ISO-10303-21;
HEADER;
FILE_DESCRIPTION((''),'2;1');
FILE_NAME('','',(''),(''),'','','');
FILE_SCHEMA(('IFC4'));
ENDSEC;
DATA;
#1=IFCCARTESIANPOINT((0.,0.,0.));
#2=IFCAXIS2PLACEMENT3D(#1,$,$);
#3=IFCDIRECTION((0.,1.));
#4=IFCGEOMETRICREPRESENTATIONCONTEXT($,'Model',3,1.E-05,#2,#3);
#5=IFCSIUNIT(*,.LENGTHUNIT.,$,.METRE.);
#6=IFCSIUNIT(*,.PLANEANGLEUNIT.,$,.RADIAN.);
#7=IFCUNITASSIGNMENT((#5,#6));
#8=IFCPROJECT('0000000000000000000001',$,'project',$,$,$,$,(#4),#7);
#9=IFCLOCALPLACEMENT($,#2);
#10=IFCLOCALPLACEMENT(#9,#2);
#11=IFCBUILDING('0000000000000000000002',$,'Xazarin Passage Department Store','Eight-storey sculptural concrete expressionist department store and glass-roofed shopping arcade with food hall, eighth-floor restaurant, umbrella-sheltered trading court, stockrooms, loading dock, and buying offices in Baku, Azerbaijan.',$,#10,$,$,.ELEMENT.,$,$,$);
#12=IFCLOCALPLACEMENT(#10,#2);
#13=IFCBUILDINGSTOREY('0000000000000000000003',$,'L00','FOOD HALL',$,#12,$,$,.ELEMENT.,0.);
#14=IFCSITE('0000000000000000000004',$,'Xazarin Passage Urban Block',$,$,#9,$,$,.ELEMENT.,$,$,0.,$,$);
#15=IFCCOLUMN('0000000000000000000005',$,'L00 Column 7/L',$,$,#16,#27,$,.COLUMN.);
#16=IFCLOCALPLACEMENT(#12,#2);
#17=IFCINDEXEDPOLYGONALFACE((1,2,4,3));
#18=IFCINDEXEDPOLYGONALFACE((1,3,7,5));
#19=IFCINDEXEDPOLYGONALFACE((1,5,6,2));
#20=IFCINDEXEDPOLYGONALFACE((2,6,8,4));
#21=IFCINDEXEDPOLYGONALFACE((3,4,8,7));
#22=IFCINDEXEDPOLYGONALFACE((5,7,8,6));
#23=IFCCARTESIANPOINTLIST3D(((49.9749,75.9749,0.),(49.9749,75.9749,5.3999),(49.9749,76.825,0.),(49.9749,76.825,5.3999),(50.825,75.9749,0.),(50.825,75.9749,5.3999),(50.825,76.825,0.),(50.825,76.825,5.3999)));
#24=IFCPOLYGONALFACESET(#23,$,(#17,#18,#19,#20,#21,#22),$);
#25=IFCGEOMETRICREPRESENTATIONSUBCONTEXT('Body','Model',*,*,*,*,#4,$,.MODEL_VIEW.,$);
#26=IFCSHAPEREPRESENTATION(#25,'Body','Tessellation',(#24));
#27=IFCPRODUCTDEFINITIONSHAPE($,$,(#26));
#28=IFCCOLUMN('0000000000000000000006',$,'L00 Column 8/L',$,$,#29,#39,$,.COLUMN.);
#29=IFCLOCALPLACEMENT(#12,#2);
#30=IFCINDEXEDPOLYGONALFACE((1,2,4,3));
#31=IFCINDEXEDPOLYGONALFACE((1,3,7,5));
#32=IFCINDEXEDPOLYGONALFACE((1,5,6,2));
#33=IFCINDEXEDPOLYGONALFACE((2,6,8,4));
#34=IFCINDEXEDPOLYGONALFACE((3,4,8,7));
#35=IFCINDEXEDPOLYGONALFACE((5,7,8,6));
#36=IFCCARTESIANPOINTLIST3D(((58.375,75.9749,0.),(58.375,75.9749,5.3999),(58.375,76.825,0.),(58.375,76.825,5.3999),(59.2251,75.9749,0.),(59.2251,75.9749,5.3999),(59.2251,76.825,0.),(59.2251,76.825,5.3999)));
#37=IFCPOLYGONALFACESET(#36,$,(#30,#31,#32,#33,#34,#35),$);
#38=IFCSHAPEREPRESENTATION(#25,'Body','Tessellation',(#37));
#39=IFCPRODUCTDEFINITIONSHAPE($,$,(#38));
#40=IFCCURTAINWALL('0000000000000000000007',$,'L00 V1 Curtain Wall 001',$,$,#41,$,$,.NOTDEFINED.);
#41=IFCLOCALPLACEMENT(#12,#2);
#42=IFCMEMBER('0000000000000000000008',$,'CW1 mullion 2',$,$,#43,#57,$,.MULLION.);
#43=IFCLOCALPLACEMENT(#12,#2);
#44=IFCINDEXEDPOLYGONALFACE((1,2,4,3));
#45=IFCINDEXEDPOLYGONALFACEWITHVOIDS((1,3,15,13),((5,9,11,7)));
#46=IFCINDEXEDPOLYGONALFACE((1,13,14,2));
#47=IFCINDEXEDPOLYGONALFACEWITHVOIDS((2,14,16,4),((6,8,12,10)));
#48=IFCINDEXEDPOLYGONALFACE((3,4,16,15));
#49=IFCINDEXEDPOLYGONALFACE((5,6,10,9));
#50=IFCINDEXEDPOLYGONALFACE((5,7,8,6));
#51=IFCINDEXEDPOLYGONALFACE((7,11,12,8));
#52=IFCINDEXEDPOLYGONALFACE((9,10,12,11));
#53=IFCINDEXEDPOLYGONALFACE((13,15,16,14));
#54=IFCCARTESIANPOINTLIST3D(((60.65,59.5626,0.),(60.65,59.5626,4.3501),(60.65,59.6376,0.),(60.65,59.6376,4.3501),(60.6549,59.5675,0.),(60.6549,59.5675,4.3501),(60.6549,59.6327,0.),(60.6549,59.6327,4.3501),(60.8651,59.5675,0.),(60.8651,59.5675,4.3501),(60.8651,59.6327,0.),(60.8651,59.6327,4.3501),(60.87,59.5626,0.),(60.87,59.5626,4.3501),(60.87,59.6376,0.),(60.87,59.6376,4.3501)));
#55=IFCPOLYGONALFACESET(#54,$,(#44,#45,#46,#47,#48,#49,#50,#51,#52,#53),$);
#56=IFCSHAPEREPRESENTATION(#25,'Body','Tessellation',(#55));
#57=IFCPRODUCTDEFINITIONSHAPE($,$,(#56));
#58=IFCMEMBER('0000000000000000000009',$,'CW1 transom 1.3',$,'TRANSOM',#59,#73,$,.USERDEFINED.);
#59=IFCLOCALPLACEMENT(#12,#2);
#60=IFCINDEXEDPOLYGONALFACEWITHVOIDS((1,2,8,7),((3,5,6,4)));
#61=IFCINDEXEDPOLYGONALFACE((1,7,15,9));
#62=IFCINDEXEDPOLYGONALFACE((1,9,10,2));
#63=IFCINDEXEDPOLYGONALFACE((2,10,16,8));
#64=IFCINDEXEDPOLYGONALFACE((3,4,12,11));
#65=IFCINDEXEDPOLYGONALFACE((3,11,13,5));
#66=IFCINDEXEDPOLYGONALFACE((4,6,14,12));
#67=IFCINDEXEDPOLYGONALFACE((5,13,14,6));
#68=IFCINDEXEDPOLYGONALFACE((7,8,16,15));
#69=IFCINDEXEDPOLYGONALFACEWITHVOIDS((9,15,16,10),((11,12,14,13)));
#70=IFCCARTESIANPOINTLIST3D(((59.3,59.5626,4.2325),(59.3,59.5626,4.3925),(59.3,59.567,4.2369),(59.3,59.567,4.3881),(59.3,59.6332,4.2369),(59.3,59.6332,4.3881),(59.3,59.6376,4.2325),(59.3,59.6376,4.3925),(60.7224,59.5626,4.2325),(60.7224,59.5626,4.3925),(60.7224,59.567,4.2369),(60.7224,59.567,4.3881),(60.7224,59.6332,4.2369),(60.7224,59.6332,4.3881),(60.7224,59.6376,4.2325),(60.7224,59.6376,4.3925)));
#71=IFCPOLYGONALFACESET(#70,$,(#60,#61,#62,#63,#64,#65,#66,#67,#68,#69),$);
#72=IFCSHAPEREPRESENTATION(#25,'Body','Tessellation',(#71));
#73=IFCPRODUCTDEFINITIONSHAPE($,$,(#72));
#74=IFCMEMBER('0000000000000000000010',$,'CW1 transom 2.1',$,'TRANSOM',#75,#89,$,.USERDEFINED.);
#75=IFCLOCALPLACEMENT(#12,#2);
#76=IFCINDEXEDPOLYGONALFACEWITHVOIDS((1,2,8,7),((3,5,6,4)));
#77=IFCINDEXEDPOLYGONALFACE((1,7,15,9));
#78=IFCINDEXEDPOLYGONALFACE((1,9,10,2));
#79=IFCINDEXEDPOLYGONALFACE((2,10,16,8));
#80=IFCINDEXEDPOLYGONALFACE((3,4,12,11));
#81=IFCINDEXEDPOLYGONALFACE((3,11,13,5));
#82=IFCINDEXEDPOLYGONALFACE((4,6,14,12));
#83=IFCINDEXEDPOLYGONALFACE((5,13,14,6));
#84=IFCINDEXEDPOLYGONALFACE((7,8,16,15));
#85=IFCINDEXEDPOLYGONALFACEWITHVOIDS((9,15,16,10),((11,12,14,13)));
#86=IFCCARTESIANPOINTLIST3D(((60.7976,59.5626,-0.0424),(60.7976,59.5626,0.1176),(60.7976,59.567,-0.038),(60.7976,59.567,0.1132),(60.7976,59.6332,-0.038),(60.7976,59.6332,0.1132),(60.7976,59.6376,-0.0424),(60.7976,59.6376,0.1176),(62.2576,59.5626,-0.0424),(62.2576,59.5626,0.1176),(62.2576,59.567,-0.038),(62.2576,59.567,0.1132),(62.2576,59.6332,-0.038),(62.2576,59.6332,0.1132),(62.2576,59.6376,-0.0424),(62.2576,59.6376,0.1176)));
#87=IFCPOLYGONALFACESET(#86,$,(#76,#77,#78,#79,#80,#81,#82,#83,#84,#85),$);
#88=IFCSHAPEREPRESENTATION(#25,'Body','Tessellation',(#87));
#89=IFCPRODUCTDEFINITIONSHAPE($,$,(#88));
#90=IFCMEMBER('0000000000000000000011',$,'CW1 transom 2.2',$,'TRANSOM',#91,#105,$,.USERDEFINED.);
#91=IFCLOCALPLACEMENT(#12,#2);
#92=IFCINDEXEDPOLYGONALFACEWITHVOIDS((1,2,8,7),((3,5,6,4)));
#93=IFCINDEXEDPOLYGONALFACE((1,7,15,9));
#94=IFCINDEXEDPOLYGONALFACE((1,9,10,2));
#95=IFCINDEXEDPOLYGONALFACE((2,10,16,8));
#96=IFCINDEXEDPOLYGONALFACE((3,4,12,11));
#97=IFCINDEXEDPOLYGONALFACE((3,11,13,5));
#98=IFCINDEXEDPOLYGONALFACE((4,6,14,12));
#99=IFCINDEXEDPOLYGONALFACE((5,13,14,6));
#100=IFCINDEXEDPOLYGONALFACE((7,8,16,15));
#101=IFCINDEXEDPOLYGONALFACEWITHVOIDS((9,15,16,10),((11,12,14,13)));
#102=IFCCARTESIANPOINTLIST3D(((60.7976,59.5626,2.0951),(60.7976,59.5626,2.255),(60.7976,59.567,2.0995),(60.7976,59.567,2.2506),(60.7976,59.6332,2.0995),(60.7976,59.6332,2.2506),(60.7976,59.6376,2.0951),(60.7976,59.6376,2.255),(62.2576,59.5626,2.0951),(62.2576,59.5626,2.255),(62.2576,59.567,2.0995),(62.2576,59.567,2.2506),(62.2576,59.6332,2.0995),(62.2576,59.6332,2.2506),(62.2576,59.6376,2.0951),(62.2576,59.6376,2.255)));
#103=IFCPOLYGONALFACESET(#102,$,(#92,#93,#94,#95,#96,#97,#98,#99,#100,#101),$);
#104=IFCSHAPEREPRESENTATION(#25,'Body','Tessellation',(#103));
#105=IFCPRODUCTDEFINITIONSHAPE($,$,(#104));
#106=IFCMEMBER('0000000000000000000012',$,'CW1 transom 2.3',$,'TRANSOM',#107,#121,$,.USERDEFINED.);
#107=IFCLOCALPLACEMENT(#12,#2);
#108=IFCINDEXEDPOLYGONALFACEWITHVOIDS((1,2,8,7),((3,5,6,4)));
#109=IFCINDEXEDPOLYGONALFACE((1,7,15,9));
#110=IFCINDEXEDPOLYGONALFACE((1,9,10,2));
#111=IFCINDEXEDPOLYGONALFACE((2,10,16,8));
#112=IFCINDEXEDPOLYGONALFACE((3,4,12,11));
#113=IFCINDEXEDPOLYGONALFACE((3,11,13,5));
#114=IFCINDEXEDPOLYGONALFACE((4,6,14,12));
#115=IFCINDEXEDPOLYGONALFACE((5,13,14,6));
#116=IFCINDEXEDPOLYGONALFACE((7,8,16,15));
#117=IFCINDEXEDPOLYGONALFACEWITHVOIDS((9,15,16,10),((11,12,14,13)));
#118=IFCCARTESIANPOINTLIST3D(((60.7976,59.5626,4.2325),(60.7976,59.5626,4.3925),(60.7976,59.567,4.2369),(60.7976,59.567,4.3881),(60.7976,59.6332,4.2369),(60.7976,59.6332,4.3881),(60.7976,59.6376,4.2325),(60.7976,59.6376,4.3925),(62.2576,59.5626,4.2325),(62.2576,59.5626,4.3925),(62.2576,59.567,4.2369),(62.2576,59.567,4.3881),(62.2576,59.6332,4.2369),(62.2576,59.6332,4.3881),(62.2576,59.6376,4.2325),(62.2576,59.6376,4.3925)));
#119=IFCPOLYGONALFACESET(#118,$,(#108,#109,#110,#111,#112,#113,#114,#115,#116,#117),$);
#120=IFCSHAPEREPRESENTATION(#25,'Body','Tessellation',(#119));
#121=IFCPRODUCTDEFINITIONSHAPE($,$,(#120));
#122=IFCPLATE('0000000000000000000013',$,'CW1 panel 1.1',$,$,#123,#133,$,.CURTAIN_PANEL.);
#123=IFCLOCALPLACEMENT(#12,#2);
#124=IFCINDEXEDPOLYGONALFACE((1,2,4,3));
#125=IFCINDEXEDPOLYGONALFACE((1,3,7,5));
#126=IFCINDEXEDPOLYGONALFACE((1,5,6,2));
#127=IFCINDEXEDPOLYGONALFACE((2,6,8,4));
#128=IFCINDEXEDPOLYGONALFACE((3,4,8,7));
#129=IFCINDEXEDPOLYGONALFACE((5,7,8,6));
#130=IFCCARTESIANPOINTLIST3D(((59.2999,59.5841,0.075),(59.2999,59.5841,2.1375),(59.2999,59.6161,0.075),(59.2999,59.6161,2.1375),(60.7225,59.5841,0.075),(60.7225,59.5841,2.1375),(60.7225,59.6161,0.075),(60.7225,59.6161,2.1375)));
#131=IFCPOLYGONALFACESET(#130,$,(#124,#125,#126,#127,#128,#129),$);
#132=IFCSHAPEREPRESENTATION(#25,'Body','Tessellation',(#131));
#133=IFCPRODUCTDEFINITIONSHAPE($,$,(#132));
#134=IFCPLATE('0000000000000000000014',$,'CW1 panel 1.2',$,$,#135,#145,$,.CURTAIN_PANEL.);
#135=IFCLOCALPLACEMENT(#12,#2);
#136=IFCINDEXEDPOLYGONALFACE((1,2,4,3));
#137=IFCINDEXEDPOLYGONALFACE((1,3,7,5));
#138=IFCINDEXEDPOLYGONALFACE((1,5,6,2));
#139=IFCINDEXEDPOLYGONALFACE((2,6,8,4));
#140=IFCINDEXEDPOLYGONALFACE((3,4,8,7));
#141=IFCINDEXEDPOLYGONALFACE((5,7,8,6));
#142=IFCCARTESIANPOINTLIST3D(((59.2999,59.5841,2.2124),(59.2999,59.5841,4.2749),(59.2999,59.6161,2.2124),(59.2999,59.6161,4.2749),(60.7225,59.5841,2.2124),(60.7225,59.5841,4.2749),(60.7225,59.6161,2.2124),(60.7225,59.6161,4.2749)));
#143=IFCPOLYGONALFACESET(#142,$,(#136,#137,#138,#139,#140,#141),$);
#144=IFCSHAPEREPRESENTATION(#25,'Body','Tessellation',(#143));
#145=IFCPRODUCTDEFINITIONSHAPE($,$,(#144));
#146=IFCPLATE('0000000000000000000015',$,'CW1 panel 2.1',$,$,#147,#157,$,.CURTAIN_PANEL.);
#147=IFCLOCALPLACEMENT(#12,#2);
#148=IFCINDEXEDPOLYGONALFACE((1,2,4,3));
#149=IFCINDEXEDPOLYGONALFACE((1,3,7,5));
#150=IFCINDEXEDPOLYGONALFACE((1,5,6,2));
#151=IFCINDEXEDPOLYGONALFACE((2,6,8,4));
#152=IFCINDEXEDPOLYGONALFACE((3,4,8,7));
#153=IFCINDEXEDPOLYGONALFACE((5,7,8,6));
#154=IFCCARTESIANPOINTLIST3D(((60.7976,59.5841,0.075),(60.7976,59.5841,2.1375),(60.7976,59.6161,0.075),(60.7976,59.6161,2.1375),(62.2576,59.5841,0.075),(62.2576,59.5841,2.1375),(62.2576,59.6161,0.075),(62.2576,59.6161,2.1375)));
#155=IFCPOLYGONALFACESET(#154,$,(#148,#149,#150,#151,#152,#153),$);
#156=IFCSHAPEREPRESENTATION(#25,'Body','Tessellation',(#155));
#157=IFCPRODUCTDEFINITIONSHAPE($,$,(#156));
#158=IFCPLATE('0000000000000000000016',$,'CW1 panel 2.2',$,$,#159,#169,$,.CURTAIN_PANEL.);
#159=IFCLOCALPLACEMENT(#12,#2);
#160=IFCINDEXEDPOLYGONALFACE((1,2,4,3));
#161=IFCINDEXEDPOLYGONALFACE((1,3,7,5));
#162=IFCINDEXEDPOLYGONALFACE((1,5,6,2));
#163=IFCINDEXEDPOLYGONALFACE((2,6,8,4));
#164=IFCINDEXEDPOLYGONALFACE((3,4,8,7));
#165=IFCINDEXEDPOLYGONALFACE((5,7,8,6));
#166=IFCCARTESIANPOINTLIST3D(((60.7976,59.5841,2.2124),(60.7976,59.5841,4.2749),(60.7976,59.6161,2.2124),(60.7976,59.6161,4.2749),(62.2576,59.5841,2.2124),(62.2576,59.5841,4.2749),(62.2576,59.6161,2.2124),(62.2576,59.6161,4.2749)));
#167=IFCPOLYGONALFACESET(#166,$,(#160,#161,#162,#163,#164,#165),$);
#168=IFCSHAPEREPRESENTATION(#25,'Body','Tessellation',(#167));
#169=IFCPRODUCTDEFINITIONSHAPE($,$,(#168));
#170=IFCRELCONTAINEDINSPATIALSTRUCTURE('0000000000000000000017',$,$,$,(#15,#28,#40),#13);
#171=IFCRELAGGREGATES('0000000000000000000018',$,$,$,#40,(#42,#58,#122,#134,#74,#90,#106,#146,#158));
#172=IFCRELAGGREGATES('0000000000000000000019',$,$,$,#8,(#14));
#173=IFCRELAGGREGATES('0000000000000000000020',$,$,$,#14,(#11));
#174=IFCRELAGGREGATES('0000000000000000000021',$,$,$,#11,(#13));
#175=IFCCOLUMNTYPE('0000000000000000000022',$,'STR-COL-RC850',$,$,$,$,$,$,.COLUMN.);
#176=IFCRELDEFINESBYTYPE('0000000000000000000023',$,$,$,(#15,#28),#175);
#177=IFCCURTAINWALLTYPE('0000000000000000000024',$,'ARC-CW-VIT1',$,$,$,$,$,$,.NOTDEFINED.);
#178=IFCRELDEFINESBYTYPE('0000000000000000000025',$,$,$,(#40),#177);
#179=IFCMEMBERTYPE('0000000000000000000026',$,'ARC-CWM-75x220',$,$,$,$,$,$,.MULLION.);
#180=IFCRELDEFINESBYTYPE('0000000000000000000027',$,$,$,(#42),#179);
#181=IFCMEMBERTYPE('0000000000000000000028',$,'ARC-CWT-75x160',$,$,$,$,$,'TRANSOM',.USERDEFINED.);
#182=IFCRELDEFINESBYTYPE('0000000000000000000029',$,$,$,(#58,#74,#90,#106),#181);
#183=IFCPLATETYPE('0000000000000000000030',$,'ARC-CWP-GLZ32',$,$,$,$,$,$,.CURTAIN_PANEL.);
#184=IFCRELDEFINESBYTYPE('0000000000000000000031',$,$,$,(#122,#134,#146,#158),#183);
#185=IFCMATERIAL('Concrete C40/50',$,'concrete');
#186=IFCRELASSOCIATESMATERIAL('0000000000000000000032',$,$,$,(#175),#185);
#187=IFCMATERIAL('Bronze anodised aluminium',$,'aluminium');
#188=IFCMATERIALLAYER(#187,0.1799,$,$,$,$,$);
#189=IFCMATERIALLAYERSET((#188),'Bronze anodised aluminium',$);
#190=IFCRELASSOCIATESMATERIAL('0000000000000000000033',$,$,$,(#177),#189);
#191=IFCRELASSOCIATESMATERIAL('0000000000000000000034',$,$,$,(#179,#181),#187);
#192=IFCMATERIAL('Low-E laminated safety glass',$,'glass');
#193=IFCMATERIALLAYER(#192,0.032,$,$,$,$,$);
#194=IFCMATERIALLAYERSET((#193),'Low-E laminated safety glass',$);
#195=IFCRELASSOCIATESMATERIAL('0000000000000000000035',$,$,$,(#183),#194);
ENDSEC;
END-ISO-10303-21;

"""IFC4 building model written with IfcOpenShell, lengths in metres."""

from ifc_helpers import new_model, si_unit, direction, frame, origin, origin_2d, place, context, subcontext, project, spatial, rectangle, hollow_rectangle, extrude, material, layer, layer_set, material_profile, profile_set, type_object, element, aggregate, save


model = new_model("IFC4")

# Units and contexts
model_context = context("Model", 3, precision=1e-05, world=origin(), true_north=direction((0.0, 1.0)))
body_context = subcontext(model_context, "Body", "Model", "MODEL_VIEW")
ifc_project = project(units=[si_unit("LENGTHUNIT", "METRE"), si_unit("PLANEANGLEUNIT", "RADIAN")], contexts=[model_context])

# Site, building, storey
site_placement = place(None, origin())
site = spatial("IfcSite", under=ifc_project, at=site_placement, Name="Xazarin Passage Urban Block", CompositionType="ELEMENT", RefElevation=0.0)
building_placement = place(site_placement, origin())
building = spatial("IfcBuilding", under=site, at=building_placement, Name="Xazarin Passage Department Store", Description="Eight-storey sculptural concrete expressionist department store and glass-roofed shopping arcade with food hall, eighth-floor restaurant, umbrella-sheltered trading court, stockrooms, loading dock, and buying offices in Baku, Azerbaijan.", CompositionType="ELEMENT")
storey_placement = place(building_placement, origin())
storey = spatial("IfcBuildingStorey", under=building, at=storey_placement, Name="L00", Description="FOOD HALL", CompositionType="ELEMENT", Elevation=0.0)

# Columns
ifc_material_1 = material(Name="Concrete C40/50", Category="concrete")
ifc_material_profile_1 = material_profile(ifc_material_1, rectangle(XDim=0.8501, YDim=0.8501, at=origin_2d()), Name="RC 850x850")
ifc_profile_set_1 = profile_set([ifc_material_profile_1], Name="Concrete C40/50")
column_type = type_object("IfcColumnType", Name="STR-COL-RC850", PredefinedType="COLUMN", material=ifc_profile_set_1)
for number, where, z_axis, x_axis, name in (
    (1, (50.3999, 76.3999, 0.0), (0.0, 0.0, 1.0), (1.0, 0.0, 0.0), "L00 Column 7/L"),
    (2, (58.8, 76.3999, 0.0), (0.0, 0.0, 1.0), (1.0, 0.0, 0.0), "L00 Column 8/L"),
):
    element("IfcColumn", number, at=place(storey_placement, frame(where, z_axis=z_axis, x_axis=x_axis)), inside=storey, type_object=column_type, Name=name, PredefinedType="COLUMN", context=body_context, shape_type="SweptSolid", body=[
        extrude(rectangle(XDim=0.8501, YDim=0.8501, at=origin_2d()), origin(), (0.0, 0.0, 1.0), 5.3999),
    ])

# Curtain wall, members, plates
ifc_material_2 = material(Name="Bronze anodised aluminium", Category="aluminium")
ifc_layer_1 = layer(ifc_material_2, 0.1799)
ifc_layer_set_1 = layer_set([ifc_layer_1], Name="Bronze anodised aluminium")
curtain_wall_type = type_object("IfcCurtainWallType", Name="ARC-CW-VIT1", PredefinedType="NOTDEFINED", material=ifc_layer_set_1)
curtain_wall_placement = place(storey_placement, origin())
curtain_wall = element("IfcCurtainWall", 3, at=curtain_wall_placement, inside=storey, type_object=curtain_wall_type, Name="L00 V1 Curtain Wall 001", PredefinedType="NOTDEFINED")
ifc_material_profile_2 = material_profile(ifc_material_2, hollow_rectangle(XDim=0.075, YDim=0.22, WallThickness=0.0049, at=origin_2d()), Name="ALU 75x220")
ifc_profile_set_2 = profile_set([ifc_material_profile_2], Name="Bronze anodised aluminium")
member_type_1 = type_object("IfcMemberType", Name="ARC-CWM-75x220", PredefinedType="MULLION", material=ifc_profile_set_2)
member_1_placement = place(storey_placement, frame((60.76, 59.6001, 0.0), z_axis=(0.0, 0.0, 1.0), x_axis=(0.0, 1.0, 0.0)))
member_1 = element("IfcMember", 4, at=member_1_placement, type_object=member_type_1, Name="CW1 mullion 2", PredefinedType="MULLION", context=body_context, shape_type="SweptSolid", body=[
    extrude(hollow_rectangle(XDim=0.075, YDim=0.22, WallThickness=0.0049, at=origin_2d()), origin(), (0.0, 0.0, 1.0), 4.3501),
])
ifc_material_profile_3 = material_profile(ifc_material_2, hollow_rectangle(XDim=0.075, YDim=0.1599, WallThickness=0.0044, at=origin_2d()), Name="ALU 75x160")
ifc_profile_set_3 = profile_set([ifc_material_profile_3], Name="Bronze anodised aluminium")
member_type_2 = type_object("IfcMemberType", Name="ARC-CWT-75x160", ElementType="TRANSOM", PredefinedType="USERDEFINED", material=ifc_profile_set_3)
member_2_placement = place(storey_placement, frame((59.3, 59.6001, 4.3125), z_axis=(1.0, 0.0, 0.0), x_axis=(0.0, 1.0, 0.0)))
member_2 = element("IfcMember", 5, at=member_2_placement, type_object=member_type_2, Name="CW1 transom 1.3", ObjectType="TRANSOM", PredefinedType="USERDEFINED", context=body_context, shape_type="SweptSolid", body=[
    extrude(hollow_rectangle(XDim=0.075, YDim=0.1599, WallThickness=0.0044, at=origin_2d()), origin(), (0.0, 0.0, 1.0), 1.4224),
])
member_3_placement = place(storey_placement, frame((60.7976, 59.6001, 0.0376), z_axis=(1.0, 0.0, 0.0), x_axis=(0.0, 1.0, 0.0)))
member_3 = element("IfcMember", 6, at=member_3_placement, type_object=member_type_2, Name="CW1 transom 2.1", ObjectType="TRANSOM", PredefinedType="USERDEFINED", context=body_context, shape_type="SweptSolid", body=[
    extrude(hollow_rectangle(XDim=0.075, YDim=0.1599, WallThickness=0.0044, at=origin_2d()), origin(), (0.0, 0.0, 1.0), 1.46),
])
member_4_placement = place(storey_placement, frame((60.7976, 59.6001, 2.175), z_axis=(1.0, 0.0, 0.0), x_axis=(0.0, 1.0, 0.0)))
member_4 = element("IfcMember", 7, at=member_4_placement, type_object=member_type_2, Name="CW1 transom 2.2", ObjectType="TRANSOM", PredefinedType="USERDEFINED", context=body_context, shape_type="SweptSolid", body=[
    extrude(hollow_rectangle(XDim=0.075, YDim=0.1599, WallThickness=0.0044, at=origin_2d()), origin(), (0.0, 0.0, 1.0), 1.46),
])
member_5_placement = place(storey_placement, frame((60.7976, 59.6001, 4.3125), z_axis=(1.0, 0.0, 0.0), x_axis=(0.0, 1.0, 0.0)))
member_5 = element("IfcMember", 8, at=member_5_placement, type_object=member_type_2, Name="CW1 transom 2.3", ObjectType="TRANSOM", PredefinedType="USERDEFINED", context=body_context, shape_type="SweptSolid", body=[
    extrude(hollow_rectangle(XDim=0.075, YDim=0.1599, WallThickness=0.0044, at=origin_2d()), origin(), (0.0, 0.0, 1.0), 1.46),
])
ifc_material_3 = material(Name="Low-E laminated safety glass", Category="glass")
ifc_layer_2 = layer(ifc_material_3, 0.032)
ifc_layer_set_2 = layer_set([ifc_layer_2], Name="Low-E laminated safety glass")
plate_type = type_object("IfcPlateType", Name="ARC-CWP-GLZ32", PredefinedType="CURTAIN_PANEL", material=ifc_layer_set_2)
plate_1_placement = place(storey_placement, frame((60.0112, 59.6001, 0.075), z_axis=(0.0, 0.0, 1.0), x_axis=(1.0, 0.0, 0.0)))
plate_1 = element("IfcPlate", 9, at=plate_1_placement, type_object=plate_type, Name="CW1 panel 1.1", PredefinedType="CURTAIN_PANEL", context=body_context, shape_type="SweptSolid", body=[
    extrude(rectangle(XDim=1.4226, YDim=0.032, at=origin_2d()), origin(), (0.0, 0.0, 1.0), 2.0625),
])
plate_2_placement = place(storey_placement, frame((60.0112, 59.6001, 2.2124), z_axis=(0.0, 0.0, 1.0), x_axis=(1.0, 0.0, 0.0)))
plate_2 = element("IfcPlate", 10, at=plate_2_placement, type_object=plate_type, Name="CW1 panel 1.2", PredefinedType="CURTAIN_PANEL", context=body_context, shape_type="SweptSolid", body=[
    extrude(rectangle(XDim=1.4226, YDim=0.032, at=origin_2d()), origin(), (0.0, 0.0, 1.0), 2.0625),
])
plate_3_placement = place(storey_placement, frame((61.5276, 59.6001, 0.075), z_axis=(0.0, 0.0, 1.0), x_axis=(1.0, 0.0, 0.0)))
plate_3 = element("IfcPlate", 11, at=plate_3_placement, type_object=plate_type, Name="CW1 panel 2.1", PredefinedType="CURTAIN_PANEL", context=body_context, shape_type="SweptSolid", body=[
    extrude(rectangle(XDim=1.46, YDim=0.032, at=origin_2d()), origin(), (0.0, 0.0, 1.0), 2.0625),
])
plate_4_placement = place(storey_placement, frame((61.5276, 59.6001, 2.2124), z_axis=(0.0, 0.0, 1.0), x_axis=(1.0, 0.0, 0.0)))
plate_4 = element("IfcPlate", 12, at=plate_4_placement, type_object=plate_type, Name="CW1 panel 2.2", PredefinedType="CURTAIN_PANEL", context=body_context, shape_type="SweptSolid", body=[
    extrude(rectangle(XDim=1.46, YDim=0.032, at=origin_2d()), origin(), (0.0, 0.0, 1.0), 2.0625),
])
aggregate(curtain_wall, [member_1, member_2, plate_1, plate_2, member_3, member_4, member_5, plate_3, plate_4])

save(model, "model.ifc")
